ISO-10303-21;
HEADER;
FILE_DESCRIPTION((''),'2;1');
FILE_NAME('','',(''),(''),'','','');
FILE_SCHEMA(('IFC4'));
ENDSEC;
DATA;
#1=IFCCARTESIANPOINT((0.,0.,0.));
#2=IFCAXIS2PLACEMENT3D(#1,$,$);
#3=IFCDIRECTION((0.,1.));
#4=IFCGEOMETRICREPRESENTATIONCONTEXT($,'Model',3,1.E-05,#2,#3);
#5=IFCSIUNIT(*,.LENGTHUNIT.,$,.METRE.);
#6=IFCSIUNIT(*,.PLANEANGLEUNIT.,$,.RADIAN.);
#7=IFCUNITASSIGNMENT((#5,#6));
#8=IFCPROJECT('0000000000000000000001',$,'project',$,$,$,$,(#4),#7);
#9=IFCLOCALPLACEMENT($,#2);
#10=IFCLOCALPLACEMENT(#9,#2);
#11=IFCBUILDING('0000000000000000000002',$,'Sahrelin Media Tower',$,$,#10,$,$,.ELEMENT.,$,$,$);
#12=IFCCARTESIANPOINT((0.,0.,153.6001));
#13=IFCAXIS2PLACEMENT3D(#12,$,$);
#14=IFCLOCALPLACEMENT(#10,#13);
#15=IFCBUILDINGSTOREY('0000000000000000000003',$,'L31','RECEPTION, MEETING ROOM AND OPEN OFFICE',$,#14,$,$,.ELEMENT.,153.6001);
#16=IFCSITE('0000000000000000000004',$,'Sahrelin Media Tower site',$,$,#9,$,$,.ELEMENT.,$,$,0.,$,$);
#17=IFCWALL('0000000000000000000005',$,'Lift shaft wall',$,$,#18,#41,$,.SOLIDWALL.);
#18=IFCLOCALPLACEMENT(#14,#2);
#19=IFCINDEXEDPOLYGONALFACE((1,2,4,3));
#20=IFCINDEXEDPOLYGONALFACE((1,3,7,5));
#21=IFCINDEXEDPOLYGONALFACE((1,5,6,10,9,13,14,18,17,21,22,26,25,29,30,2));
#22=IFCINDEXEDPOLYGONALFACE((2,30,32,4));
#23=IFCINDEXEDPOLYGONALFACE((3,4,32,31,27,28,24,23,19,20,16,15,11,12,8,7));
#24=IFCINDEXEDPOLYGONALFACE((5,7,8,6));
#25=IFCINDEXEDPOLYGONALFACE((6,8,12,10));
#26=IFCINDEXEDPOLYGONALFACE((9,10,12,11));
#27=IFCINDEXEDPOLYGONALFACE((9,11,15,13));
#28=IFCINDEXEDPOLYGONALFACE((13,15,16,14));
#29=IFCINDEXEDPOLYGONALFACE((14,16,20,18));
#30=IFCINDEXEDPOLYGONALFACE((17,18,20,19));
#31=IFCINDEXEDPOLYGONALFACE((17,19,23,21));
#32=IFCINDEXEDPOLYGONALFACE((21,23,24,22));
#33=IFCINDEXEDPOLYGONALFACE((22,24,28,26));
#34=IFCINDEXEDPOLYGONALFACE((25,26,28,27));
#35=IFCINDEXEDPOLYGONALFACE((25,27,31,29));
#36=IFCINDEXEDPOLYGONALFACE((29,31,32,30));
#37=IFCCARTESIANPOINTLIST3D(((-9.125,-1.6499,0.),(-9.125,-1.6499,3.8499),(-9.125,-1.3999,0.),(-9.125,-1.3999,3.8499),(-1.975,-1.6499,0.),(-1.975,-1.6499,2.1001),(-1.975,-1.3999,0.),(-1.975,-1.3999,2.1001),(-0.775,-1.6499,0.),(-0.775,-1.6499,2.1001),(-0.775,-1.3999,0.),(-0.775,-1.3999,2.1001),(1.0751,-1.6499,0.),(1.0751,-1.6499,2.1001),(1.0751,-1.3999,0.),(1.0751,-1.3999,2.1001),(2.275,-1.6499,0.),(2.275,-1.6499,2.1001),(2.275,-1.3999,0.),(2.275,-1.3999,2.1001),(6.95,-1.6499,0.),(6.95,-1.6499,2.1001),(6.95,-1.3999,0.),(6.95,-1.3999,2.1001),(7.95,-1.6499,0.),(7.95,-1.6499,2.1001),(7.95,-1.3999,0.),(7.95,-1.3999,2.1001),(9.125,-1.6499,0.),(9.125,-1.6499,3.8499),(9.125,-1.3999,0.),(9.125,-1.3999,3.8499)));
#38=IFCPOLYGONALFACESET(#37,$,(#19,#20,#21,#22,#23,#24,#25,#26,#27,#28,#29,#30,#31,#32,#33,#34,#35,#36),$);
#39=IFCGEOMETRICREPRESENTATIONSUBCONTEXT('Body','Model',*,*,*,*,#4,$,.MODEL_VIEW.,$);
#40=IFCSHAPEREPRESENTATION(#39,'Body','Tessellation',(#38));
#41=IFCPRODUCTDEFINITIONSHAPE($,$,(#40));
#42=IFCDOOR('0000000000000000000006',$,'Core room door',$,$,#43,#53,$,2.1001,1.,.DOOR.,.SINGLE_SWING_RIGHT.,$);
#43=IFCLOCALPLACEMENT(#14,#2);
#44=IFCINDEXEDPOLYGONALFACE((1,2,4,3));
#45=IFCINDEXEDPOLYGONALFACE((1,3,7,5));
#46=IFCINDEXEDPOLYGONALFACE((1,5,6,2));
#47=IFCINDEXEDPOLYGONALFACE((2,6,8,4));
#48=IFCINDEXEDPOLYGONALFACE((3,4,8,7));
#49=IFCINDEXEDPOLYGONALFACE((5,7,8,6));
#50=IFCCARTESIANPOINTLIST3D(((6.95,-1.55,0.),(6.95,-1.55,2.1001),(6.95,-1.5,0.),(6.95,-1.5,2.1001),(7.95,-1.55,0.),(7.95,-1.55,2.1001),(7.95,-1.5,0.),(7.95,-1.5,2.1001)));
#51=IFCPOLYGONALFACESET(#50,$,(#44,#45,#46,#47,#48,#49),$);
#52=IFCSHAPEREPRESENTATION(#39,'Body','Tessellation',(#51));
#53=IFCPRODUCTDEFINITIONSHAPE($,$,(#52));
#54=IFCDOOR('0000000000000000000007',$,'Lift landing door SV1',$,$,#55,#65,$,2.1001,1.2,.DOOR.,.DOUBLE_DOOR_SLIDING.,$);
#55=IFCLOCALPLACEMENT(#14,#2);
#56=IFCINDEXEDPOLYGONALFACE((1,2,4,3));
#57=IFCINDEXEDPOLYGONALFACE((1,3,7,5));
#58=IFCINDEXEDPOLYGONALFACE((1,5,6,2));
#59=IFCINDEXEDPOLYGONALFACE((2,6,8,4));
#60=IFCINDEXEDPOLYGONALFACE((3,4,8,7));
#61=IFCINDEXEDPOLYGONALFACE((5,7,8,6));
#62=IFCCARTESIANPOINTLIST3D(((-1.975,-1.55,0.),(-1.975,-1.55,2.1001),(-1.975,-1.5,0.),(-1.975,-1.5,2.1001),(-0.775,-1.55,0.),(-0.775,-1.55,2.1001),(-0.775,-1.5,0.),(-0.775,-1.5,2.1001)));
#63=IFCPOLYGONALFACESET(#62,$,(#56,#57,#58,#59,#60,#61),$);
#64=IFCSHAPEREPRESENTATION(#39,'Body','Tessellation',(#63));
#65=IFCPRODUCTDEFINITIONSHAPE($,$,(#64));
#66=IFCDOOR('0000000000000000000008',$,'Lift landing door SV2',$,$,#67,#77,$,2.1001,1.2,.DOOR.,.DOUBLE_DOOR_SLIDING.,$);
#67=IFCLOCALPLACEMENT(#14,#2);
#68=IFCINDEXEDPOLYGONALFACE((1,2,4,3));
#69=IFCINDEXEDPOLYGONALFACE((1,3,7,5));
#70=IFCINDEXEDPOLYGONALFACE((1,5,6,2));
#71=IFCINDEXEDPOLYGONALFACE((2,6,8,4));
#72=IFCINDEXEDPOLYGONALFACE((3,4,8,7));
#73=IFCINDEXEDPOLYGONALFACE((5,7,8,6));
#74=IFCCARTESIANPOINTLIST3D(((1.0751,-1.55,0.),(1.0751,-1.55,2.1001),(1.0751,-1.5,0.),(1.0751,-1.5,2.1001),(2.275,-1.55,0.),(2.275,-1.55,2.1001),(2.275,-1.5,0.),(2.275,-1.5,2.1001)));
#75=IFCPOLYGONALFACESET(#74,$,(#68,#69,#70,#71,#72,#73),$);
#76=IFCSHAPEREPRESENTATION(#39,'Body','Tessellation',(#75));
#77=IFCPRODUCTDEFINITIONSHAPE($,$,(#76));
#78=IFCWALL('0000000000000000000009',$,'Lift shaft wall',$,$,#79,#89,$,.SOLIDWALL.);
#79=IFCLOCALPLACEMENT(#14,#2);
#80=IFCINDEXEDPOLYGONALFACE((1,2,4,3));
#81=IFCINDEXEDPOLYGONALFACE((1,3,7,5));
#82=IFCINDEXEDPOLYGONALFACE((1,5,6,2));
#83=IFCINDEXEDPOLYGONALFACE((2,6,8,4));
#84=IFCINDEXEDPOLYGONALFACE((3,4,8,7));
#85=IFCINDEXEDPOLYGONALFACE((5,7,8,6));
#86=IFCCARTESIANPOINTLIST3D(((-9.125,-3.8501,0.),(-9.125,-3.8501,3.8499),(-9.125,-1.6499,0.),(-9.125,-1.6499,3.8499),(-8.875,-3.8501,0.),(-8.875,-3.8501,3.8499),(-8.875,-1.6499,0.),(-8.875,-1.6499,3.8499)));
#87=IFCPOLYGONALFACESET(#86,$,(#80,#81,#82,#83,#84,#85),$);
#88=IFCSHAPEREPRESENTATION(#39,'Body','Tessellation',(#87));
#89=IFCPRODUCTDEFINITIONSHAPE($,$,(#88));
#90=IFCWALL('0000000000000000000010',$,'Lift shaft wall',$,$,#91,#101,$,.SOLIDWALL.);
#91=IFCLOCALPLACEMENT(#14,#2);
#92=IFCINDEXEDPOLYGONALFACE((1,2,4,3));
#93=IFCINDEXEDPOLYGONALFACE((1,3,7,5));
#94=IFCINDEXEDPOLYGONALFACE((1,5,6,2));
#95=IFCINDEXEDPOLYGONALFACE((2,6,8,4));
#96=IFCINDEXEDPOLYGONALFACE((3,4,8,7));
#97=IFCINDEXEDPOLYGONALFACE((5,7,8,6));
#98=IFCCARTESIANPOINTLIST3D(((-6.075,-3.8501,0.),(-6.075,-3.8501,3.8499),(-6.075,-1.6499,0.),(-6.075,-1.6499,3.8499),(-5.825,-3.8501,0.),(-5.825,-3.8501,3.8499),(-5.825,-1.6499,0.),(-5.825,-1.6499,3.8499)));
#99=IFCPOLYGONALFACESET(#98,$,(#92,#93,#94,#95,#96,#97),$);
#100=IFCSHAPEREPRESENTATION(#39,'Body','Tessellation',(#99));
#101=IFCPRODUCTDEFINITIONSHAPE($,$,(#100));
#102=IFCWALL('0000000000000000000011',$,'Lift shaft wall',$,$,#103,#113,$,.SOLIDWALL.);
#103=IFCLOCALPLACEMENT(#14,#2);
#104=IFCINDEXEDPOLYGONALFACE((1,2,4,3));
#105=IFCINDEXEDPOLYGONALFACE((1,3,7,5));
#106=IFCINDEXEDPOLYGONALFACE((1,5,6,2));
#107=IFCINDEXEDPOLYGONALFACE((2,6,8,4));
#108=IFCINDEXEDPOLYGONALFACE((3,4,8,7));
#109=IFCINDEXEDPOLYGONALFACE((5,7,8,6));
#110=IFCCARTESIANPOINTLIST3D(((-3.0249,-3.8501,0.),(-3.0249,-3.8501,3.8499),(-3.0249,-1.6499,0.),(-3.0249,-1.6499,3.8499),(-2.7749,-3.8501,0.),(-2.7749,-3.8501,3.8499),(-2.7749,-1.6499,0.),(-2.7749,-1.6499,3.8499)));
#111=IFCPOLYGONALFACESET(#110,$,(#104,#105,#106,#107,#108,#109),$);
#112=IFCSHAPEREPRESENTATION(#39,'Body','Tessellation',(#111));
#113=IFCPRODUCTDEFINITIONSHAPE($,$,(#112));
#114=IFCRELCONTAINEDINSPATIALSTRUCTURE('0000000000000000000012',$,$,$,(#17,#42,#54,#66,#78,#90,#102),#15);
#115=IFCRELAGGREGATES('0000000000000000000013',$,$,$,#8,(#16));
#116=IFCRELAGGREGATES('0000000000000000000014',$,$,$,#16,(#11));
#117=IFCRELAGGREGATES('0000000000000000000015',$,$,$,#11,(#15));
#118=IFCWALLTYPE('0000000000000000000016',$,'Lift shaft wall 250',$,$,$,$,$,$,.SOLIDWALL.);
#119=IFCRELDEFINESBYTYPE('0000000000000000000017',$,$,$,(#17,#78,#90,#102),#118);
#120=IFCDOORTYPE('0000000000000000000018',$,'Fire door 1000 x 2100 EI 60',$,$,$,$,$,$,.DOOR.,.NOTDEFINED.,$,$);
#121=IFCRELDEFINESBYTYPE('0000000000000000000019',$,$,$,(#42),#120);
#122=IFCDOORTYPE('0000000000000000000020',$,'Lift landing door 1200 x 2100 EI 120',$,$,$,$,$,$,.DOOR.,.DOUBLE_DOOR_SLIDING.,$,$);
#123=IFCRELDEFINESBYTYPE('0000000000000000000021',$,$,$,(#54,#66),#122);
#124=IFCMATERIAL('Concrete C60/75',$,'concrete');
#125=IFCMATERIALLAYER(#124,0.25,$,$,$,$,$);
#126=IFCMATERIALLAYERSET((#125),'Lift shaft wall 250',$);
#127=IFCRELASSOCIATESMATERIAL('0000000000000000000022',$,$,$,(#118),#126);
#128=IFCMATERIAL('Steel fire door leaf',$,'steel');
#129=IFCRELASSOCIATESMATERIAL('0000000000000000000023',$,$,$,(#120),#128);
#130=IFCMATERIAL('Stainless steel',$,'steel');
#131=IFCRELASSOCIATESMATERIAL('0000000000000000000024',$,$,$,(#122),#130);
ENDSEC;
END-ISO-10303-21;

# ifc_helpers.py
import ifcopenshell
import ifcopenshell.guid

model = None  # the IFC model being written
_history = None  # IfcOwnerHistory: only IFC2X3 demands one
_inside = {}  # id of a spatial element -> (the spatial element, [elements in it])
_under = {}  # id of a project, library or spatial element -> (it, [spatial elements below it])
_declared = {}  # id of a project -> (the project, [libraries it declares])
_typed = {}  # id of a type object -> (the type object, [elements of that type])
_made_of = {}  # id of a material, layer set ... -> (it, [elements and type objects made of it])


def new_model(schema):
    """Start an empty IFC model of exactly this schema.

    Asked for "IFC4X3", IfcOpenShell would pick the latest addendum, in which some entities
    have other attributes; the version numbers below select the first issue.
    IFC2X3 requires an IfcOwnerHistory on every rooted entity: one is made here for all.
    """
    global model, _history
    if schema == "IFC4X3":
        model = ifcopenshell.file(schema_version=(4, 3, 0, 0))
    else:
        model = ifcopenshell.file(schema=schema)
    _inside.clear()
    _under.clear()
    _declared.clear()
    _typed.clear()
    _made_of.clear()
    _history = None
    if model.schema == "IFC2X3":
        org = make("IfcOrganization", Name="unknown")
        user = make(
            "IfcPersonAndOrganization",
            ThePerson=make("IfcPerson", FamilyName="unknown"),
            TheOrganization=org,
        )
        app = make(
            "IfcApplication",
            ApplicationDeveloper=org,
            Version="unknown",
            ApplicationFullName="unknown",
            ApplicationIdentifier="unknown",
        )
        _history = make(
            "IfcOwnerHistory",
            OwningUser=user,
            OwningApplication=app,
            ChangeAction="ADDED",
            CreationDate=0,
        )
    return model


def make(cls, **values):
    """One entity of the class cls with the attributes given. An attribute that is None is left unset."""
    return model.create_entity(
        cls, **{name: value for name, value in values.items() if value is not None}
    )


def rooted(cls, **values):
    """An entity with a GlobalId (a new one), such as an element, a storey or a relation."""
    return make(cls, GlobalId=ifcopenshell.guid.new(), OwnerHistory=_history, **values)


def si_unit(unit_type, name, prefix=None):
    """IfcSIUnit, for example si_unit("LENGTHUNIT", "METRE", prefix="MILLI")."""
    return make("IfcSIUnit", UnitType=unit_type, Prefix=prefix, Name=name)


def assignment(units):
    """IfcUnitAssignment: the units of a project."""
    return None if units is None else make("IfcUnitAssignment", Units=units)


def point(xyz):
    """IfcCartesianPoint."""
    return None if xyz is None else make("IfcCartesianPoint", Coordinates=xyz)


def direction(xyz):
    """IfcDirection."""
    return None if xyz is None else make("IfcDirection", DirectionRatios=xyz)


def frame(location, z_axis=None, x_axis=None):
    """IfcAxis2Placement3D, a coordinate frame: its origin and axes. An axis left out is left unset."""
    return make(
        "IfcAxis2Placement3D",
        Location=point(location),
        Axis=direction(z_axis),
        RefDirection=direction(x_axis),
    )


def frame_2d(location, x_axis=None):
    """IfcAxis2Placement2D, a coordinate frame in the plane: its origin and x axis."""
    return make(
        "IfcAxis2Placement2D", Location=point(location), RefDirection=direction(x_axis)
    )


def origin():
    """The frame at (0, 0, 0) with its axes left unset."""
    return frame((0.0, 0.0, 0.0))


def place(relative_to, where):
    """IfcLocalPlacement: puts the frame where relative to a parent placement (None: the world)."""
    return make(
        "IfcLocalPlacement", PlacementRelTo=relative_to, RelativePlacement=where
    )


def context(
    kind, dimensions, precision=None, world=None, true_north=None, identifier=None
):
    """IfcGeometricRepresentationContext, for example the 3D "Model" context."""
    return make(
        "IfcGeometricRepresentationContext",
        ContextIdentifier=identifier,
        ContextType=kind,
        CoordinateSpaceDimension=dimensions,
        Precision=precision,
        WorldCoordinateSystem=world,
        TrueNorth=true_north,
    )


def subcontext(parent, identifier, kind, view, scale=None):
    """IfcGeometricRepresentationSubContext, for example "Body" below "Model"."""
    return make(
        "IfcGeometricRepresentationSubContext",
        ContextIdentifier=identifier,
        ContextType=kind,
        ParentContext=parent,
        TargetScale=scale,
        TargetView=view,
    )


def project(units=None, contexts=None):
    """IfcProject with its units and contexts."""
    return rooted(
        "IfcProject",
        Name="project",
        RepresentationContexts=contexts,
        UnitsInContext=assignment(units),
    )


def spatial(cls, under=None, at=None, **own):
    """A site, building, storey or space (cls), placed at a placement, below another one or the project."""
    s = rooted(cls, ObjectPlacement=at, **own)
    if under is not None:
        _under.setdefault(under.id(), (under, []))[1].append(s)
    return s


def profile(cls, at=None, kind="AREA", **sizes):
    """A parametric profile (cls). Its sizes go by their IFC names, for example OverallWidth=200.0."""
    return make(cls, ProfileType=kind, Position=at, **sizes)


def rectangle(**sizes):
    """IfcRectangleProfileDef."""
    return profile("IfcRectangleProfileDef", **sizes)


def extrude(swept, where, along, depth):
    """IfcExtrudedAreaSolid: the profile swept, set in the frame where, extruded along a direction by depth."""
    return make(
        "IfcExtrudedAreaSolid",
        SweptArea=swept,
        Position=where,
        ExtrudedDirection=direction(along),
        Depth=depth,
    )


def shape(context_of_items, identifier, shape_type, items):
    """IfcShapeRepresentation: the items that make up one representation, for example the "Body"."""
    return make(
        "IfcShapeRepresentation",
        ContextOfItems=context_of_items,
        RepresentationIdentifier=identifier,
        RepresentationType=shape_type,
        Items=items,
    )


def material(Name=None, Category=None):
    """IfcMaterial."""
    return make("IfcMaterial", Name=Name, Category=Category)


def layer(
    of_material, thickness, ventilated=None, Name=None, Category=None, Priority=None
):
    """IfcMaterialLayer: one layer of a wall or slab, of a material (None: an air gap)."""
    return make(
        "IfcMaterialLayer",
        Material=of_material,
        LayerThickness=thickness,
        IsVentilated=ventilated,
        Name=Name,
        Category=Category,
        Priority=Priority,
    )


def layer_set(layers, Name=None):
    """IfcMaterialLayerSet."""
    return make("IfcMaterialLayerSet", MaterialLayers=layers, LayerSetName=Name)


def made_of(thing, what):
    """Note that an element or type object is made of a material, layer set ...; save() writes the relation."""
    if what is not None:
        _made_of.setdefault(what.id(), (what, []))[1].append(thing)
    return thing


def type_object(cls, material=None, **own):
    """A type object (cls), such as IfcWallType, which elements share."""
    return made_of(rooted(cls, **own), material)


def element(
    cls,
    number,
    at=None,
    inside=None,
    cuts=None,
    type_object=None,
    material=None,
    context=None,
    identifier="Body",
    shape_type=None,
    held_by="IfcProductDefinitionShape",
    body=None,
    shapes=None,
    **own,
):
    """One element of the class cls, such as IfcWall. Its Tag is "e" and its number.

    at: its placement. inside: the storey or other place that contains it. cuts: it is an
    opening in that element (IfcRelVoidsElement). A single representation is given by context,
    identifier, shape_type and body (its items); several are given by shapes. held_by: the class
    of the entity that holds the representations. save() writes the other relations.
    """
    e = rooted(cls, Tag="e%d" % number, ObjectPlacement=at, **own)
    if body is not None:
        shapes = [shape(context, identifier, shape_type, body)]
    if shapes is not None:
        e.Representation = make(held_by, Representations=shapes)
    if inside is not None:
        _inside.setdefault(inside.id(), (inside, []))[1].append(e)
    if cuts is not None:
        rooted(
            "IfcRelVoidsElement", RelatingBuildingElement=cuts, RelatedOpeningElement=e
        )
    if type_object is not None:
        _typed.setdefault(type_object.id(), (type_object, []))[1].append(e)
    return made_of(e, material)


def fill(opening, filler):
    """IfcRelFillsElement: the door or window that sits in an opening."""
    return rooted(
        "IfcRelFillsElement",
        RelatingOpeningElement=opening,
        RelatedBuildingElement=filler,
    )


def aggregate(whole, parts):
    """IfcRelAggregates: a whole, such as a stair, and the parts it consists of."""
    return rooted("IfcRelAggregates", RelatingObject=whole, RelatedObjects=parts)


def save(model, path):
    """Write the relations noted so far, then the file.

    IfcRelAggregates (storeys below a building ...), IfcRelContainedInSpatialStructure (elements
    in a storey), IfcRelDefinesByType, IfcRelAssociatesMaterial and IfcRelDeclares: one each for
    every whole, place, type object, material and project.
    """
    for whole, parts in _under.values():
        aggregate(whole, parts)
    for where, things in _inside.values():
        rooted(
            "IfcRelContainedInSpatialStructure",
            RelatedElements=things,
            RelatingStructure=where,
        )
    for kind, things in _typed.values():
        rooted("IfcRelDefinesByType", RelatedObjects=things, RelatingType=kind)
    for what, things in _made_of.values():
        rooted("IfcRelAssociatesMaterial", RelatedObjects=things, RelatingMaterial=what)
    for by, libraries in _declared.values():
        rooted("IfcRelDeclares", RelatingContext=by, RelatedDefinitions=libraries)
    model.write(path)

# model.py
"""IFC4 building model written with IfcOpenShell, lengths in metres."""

from ifc_helpers import new_model, si_unit, direction, frame, frame_2d, origin, place, context, subcontext, project, spatial, rectangle, extrude, material, layer, layer_set, type_object, element, fill, save


model = new_model("IFC4")

# Units and contexts
model_context = context("Model", 3, precision=1e-05, world=origin(), true_north=direction((0.0, 1.0)))
body_context = subcontext(model_context, "Body", "Model", "MODEL_VIEW")
ifc_project = project(units=[si_unit("LENGTHUNIT", "METRE"), si_unit("PLANEANGLEUNIT", "RADIAN")], contexts=[model_context])

# Site, building, storey
site_placement = place(None, origin())
site = spatial("IfcSite", under=ifc_project, at=site_placement, Name="Sahrelin Media Tower site", CompositionType="ELEMENT", RefElevation=0.0)
building_placement = place(site_placement, origin())
building = spatial("IfcBuilding", under=site, at=building_placement, Name="Sahrelin Media Tower", CompositionType="ELEMENT")
storey_placement = place(building_placement, frame((0.0, 0.0, 153.6001)))
storey = spatial("IfcBuildingStorey", under=building, at=storey_placement, Name="L31", Description="RECEPTION, MEETING ROOM AND OPEN OFFICE", CompositionType="ELEMENT", Elevation=153.6001)

# Shared definitions
ifc_material_1 = material(Name="Steel fire door leaf", Category="steel")

# Wall, openings, doors
ifc_material_2 = material(Name="Concrete C60/75", Category="concrete")
ifc_layer_1 = layer(ifc_material_2, 0.25)
ifc_layer_set_1 = layer_set([ifc_layer_1], Name="Lift shaft wall 250")
wall_type_1 = type_object("IfcWallType", Name="Lift shaft wall 250", PredefinedType="SOLIDWALL", material=ifc_layer_set_1)
wall_1_placement = place(storey_placement, frame((-9.125, -1.5249, 0.0), z_axis=(0.0, 0.0, 1.0), x_axis=(1.0, 0.0, 0.0)))
wall_1 = element("IfcWall", 1, at=wall_1_placement, inside=storey, type_object=wall_type_1, Name="Lift shaft wall", PredefinedType="SOLIDWALL", context=body_context, shape_type="SweptSolid", body=[
    extrude(rectangle(XDim=18.25, YDim=0.25, at=frame_2d((9.125, 0.0))), origin(), (0.0, 0.0, 1.0), 3.8499),
])
opening_1_placement = place(wall_1_placement, frame((7.1499, 0.0, 0.0)))
opening_1 = element("IfcOpeningElement", 2, at=opening_1_placement, cuts=wall_1, PredefinedType="OPENING", context=body_context, shape_type="SweptSolid", body=[
    extrude(rectangle(XDim=1.2, YDim=2.1001, at=frame_2d((0.6001, 1.05))), frame((0.0, 0.125, 0.0), z_axis=(0.0, -1.0, 0.0), x_axis=(1.0, 0.0, 0.0)), (0.0, 0.0, 1.0), 0.25),
])
opening_2_placement = place(wall_1_placement, frame((10.2, 0.0, 0.0)))
opening_2 = element("IfcOpeningElement", 3, at=opening_2_placement, cuts=wall_1, PredefinedType="OPENING", context=body_context, shape_type="SweptSolid", body=[
    extrude(rectangle(XDim=1.2, YDim=2.1001, at=frame_2d((0.6001, 1.05))), frame((0.0, 0.125, 0.0), z_axis=(0.0, -1.0, 0.0), x_axis=(1.0, 0.0, 0.0)), (0.0, 0.0, 1.0), 0.25),
])
opening_3_placement = place(wall_1_placement, frame((16.075, 0.0, 0.0)))
opening_3 = element("IfcOpeningElement", 4, at=opening_3_placement, cuts=wall_1, PredefinedType="OPENING", context=body_context, shape_type="SweptSolid", body=[
    extrude(rectangle(XDim=1.0, YDim=2.1001, at=frame_2d((0.5, 1.05))), frame((0.0, 0.125, 0.0), z_axis=(0.0, -1.0, 0.0), x_axis=(1.0, 0.0, 0.0)), (0.0, 0.0, 1.0), 0.25),
])
door_type_1 = type_object("IfcDoorType", Name="Fire door 1000 x 2100 EI 60", OperationType="NOTDEFINED", PredefinedType="DOOR", material=ifc_material_1)
door_1_placement = place(opening_3_placement, origin())
door_1 = element("IfcDoor", 5, at=door_1_placement, inside=storey, type_object=door_type_1, Name="Core room door", OperationType="SINGLE_SWING_RIGHT", OverallHeight=2.1001, OverallWidth=1.0, PredefinedType="DOOR", context=body_context, shape_type="SweptSolid", body=[
    extrude(rectangle(XDim=1.0, YDim=2.1001, at=frame_2d((0.5, 1.05))), frame((0.0, 0.0249, 0.0), z_axis=(0.0, -1.0, 0.0), x_axis=(1.0, 0.0, 0.0)), (0.0, 0.0, 1.0), 0.05),
])
fill(opening_3, door_1)
ifc_material_3 = material(Name="Stainless steel", Category="steel")
door_type_2 = type_object("IfcDoorType", Name="Lift landing door 1200 x 2100 EI 120", OperationType="DOUBLE_DOOR_SLIDING", PredefinedType="DOOR", material=ifc_material_3)
door_2_placement = place(opening_1_placement, origin())
door_2 = element("IfcDoor", 6, at=door_2_placement, inside=storey, type_object=door_type_2, Name="Lift landing door SV1", OperationType="DOUBLE_DOOR_SLIDING", OverallHeight=2.1001, OverallWidth=1.2, PredefinedType="DOOR", context=body_context, shape_type="SweptSolid", body=[
    extrude(rectangle(XDim=1.2, YDim=2.1001, at=frame_2d((0.6001, 1.05))), frame((0.0, 0.0249, 0.0), z_axis=(0.0, -1.0, 0.0), x_axis=(1.0, 0.0, 0.0)), (0.0, 0.0, 1.0), 0.05),
])
fill(opening_1, door_2)
door_3_placement = place(opening_2_placement, origin())
door_3 = element("IfcDoor", 7, at=door_3_placement, inside=storey, type_object=door_type_2, Name="Lift landing door SV2", OperationType="DOUBLE_DOOR_SLIDING", OverallHeight=2.1001, OverallWidth=1.2, PredefinedType="DOOR", context=body_context, shape_type="SweptSolid", body=[
    extrude(rectangle(XDim=1.2, YDim=2.1001, at=frame_2d((0.6001, 1.05))), frame((0.0, 0.0249, 0.0), z_axis=(0.0, -1.0, 0.0), x_axis=(1.0, 0.0, 0.0)), (0.0, 0.0, 1.0), 0.05),
])
fill(opening_2, door_3)

# Walls
for number, where, z_axis, x_axis, name in (
    (8, (-9.0, -3.8501, 0.0), (0.0, 0.0, 1.0), (0.0, 1.0, 0.0), "Lift shaft wall"),
    (9, (-5.95, -3.8501, 0.0), (0.0, 0.0, 1.0), (0.0, 1.0, 0.0), "Lift shaft wall"),
    (10, (-2.8999, -3.8501, 0.0), (0.0, 0.0, 1.0), (0.0, 1.0, 0.0), "Lift shaft wall"),
):
    element("IfcWall", number, at=place(storey_placement, frame(where, z_axis=z_axis, x_axis=x_axis)), inside=storey, type_object=wall_type_1, Name=name, PredefinedType="SOLIDWALL", context=body_context, shape_type="SweptSolid", body=[
        extrude(rectangle(XDim=2.2002, YDim=0.25, at=frame_2d((1.1001, 0.0))), origin(), (0.0, 0.0, 1.0), 3.8499),
    ])

save(model, "model.ifc")
